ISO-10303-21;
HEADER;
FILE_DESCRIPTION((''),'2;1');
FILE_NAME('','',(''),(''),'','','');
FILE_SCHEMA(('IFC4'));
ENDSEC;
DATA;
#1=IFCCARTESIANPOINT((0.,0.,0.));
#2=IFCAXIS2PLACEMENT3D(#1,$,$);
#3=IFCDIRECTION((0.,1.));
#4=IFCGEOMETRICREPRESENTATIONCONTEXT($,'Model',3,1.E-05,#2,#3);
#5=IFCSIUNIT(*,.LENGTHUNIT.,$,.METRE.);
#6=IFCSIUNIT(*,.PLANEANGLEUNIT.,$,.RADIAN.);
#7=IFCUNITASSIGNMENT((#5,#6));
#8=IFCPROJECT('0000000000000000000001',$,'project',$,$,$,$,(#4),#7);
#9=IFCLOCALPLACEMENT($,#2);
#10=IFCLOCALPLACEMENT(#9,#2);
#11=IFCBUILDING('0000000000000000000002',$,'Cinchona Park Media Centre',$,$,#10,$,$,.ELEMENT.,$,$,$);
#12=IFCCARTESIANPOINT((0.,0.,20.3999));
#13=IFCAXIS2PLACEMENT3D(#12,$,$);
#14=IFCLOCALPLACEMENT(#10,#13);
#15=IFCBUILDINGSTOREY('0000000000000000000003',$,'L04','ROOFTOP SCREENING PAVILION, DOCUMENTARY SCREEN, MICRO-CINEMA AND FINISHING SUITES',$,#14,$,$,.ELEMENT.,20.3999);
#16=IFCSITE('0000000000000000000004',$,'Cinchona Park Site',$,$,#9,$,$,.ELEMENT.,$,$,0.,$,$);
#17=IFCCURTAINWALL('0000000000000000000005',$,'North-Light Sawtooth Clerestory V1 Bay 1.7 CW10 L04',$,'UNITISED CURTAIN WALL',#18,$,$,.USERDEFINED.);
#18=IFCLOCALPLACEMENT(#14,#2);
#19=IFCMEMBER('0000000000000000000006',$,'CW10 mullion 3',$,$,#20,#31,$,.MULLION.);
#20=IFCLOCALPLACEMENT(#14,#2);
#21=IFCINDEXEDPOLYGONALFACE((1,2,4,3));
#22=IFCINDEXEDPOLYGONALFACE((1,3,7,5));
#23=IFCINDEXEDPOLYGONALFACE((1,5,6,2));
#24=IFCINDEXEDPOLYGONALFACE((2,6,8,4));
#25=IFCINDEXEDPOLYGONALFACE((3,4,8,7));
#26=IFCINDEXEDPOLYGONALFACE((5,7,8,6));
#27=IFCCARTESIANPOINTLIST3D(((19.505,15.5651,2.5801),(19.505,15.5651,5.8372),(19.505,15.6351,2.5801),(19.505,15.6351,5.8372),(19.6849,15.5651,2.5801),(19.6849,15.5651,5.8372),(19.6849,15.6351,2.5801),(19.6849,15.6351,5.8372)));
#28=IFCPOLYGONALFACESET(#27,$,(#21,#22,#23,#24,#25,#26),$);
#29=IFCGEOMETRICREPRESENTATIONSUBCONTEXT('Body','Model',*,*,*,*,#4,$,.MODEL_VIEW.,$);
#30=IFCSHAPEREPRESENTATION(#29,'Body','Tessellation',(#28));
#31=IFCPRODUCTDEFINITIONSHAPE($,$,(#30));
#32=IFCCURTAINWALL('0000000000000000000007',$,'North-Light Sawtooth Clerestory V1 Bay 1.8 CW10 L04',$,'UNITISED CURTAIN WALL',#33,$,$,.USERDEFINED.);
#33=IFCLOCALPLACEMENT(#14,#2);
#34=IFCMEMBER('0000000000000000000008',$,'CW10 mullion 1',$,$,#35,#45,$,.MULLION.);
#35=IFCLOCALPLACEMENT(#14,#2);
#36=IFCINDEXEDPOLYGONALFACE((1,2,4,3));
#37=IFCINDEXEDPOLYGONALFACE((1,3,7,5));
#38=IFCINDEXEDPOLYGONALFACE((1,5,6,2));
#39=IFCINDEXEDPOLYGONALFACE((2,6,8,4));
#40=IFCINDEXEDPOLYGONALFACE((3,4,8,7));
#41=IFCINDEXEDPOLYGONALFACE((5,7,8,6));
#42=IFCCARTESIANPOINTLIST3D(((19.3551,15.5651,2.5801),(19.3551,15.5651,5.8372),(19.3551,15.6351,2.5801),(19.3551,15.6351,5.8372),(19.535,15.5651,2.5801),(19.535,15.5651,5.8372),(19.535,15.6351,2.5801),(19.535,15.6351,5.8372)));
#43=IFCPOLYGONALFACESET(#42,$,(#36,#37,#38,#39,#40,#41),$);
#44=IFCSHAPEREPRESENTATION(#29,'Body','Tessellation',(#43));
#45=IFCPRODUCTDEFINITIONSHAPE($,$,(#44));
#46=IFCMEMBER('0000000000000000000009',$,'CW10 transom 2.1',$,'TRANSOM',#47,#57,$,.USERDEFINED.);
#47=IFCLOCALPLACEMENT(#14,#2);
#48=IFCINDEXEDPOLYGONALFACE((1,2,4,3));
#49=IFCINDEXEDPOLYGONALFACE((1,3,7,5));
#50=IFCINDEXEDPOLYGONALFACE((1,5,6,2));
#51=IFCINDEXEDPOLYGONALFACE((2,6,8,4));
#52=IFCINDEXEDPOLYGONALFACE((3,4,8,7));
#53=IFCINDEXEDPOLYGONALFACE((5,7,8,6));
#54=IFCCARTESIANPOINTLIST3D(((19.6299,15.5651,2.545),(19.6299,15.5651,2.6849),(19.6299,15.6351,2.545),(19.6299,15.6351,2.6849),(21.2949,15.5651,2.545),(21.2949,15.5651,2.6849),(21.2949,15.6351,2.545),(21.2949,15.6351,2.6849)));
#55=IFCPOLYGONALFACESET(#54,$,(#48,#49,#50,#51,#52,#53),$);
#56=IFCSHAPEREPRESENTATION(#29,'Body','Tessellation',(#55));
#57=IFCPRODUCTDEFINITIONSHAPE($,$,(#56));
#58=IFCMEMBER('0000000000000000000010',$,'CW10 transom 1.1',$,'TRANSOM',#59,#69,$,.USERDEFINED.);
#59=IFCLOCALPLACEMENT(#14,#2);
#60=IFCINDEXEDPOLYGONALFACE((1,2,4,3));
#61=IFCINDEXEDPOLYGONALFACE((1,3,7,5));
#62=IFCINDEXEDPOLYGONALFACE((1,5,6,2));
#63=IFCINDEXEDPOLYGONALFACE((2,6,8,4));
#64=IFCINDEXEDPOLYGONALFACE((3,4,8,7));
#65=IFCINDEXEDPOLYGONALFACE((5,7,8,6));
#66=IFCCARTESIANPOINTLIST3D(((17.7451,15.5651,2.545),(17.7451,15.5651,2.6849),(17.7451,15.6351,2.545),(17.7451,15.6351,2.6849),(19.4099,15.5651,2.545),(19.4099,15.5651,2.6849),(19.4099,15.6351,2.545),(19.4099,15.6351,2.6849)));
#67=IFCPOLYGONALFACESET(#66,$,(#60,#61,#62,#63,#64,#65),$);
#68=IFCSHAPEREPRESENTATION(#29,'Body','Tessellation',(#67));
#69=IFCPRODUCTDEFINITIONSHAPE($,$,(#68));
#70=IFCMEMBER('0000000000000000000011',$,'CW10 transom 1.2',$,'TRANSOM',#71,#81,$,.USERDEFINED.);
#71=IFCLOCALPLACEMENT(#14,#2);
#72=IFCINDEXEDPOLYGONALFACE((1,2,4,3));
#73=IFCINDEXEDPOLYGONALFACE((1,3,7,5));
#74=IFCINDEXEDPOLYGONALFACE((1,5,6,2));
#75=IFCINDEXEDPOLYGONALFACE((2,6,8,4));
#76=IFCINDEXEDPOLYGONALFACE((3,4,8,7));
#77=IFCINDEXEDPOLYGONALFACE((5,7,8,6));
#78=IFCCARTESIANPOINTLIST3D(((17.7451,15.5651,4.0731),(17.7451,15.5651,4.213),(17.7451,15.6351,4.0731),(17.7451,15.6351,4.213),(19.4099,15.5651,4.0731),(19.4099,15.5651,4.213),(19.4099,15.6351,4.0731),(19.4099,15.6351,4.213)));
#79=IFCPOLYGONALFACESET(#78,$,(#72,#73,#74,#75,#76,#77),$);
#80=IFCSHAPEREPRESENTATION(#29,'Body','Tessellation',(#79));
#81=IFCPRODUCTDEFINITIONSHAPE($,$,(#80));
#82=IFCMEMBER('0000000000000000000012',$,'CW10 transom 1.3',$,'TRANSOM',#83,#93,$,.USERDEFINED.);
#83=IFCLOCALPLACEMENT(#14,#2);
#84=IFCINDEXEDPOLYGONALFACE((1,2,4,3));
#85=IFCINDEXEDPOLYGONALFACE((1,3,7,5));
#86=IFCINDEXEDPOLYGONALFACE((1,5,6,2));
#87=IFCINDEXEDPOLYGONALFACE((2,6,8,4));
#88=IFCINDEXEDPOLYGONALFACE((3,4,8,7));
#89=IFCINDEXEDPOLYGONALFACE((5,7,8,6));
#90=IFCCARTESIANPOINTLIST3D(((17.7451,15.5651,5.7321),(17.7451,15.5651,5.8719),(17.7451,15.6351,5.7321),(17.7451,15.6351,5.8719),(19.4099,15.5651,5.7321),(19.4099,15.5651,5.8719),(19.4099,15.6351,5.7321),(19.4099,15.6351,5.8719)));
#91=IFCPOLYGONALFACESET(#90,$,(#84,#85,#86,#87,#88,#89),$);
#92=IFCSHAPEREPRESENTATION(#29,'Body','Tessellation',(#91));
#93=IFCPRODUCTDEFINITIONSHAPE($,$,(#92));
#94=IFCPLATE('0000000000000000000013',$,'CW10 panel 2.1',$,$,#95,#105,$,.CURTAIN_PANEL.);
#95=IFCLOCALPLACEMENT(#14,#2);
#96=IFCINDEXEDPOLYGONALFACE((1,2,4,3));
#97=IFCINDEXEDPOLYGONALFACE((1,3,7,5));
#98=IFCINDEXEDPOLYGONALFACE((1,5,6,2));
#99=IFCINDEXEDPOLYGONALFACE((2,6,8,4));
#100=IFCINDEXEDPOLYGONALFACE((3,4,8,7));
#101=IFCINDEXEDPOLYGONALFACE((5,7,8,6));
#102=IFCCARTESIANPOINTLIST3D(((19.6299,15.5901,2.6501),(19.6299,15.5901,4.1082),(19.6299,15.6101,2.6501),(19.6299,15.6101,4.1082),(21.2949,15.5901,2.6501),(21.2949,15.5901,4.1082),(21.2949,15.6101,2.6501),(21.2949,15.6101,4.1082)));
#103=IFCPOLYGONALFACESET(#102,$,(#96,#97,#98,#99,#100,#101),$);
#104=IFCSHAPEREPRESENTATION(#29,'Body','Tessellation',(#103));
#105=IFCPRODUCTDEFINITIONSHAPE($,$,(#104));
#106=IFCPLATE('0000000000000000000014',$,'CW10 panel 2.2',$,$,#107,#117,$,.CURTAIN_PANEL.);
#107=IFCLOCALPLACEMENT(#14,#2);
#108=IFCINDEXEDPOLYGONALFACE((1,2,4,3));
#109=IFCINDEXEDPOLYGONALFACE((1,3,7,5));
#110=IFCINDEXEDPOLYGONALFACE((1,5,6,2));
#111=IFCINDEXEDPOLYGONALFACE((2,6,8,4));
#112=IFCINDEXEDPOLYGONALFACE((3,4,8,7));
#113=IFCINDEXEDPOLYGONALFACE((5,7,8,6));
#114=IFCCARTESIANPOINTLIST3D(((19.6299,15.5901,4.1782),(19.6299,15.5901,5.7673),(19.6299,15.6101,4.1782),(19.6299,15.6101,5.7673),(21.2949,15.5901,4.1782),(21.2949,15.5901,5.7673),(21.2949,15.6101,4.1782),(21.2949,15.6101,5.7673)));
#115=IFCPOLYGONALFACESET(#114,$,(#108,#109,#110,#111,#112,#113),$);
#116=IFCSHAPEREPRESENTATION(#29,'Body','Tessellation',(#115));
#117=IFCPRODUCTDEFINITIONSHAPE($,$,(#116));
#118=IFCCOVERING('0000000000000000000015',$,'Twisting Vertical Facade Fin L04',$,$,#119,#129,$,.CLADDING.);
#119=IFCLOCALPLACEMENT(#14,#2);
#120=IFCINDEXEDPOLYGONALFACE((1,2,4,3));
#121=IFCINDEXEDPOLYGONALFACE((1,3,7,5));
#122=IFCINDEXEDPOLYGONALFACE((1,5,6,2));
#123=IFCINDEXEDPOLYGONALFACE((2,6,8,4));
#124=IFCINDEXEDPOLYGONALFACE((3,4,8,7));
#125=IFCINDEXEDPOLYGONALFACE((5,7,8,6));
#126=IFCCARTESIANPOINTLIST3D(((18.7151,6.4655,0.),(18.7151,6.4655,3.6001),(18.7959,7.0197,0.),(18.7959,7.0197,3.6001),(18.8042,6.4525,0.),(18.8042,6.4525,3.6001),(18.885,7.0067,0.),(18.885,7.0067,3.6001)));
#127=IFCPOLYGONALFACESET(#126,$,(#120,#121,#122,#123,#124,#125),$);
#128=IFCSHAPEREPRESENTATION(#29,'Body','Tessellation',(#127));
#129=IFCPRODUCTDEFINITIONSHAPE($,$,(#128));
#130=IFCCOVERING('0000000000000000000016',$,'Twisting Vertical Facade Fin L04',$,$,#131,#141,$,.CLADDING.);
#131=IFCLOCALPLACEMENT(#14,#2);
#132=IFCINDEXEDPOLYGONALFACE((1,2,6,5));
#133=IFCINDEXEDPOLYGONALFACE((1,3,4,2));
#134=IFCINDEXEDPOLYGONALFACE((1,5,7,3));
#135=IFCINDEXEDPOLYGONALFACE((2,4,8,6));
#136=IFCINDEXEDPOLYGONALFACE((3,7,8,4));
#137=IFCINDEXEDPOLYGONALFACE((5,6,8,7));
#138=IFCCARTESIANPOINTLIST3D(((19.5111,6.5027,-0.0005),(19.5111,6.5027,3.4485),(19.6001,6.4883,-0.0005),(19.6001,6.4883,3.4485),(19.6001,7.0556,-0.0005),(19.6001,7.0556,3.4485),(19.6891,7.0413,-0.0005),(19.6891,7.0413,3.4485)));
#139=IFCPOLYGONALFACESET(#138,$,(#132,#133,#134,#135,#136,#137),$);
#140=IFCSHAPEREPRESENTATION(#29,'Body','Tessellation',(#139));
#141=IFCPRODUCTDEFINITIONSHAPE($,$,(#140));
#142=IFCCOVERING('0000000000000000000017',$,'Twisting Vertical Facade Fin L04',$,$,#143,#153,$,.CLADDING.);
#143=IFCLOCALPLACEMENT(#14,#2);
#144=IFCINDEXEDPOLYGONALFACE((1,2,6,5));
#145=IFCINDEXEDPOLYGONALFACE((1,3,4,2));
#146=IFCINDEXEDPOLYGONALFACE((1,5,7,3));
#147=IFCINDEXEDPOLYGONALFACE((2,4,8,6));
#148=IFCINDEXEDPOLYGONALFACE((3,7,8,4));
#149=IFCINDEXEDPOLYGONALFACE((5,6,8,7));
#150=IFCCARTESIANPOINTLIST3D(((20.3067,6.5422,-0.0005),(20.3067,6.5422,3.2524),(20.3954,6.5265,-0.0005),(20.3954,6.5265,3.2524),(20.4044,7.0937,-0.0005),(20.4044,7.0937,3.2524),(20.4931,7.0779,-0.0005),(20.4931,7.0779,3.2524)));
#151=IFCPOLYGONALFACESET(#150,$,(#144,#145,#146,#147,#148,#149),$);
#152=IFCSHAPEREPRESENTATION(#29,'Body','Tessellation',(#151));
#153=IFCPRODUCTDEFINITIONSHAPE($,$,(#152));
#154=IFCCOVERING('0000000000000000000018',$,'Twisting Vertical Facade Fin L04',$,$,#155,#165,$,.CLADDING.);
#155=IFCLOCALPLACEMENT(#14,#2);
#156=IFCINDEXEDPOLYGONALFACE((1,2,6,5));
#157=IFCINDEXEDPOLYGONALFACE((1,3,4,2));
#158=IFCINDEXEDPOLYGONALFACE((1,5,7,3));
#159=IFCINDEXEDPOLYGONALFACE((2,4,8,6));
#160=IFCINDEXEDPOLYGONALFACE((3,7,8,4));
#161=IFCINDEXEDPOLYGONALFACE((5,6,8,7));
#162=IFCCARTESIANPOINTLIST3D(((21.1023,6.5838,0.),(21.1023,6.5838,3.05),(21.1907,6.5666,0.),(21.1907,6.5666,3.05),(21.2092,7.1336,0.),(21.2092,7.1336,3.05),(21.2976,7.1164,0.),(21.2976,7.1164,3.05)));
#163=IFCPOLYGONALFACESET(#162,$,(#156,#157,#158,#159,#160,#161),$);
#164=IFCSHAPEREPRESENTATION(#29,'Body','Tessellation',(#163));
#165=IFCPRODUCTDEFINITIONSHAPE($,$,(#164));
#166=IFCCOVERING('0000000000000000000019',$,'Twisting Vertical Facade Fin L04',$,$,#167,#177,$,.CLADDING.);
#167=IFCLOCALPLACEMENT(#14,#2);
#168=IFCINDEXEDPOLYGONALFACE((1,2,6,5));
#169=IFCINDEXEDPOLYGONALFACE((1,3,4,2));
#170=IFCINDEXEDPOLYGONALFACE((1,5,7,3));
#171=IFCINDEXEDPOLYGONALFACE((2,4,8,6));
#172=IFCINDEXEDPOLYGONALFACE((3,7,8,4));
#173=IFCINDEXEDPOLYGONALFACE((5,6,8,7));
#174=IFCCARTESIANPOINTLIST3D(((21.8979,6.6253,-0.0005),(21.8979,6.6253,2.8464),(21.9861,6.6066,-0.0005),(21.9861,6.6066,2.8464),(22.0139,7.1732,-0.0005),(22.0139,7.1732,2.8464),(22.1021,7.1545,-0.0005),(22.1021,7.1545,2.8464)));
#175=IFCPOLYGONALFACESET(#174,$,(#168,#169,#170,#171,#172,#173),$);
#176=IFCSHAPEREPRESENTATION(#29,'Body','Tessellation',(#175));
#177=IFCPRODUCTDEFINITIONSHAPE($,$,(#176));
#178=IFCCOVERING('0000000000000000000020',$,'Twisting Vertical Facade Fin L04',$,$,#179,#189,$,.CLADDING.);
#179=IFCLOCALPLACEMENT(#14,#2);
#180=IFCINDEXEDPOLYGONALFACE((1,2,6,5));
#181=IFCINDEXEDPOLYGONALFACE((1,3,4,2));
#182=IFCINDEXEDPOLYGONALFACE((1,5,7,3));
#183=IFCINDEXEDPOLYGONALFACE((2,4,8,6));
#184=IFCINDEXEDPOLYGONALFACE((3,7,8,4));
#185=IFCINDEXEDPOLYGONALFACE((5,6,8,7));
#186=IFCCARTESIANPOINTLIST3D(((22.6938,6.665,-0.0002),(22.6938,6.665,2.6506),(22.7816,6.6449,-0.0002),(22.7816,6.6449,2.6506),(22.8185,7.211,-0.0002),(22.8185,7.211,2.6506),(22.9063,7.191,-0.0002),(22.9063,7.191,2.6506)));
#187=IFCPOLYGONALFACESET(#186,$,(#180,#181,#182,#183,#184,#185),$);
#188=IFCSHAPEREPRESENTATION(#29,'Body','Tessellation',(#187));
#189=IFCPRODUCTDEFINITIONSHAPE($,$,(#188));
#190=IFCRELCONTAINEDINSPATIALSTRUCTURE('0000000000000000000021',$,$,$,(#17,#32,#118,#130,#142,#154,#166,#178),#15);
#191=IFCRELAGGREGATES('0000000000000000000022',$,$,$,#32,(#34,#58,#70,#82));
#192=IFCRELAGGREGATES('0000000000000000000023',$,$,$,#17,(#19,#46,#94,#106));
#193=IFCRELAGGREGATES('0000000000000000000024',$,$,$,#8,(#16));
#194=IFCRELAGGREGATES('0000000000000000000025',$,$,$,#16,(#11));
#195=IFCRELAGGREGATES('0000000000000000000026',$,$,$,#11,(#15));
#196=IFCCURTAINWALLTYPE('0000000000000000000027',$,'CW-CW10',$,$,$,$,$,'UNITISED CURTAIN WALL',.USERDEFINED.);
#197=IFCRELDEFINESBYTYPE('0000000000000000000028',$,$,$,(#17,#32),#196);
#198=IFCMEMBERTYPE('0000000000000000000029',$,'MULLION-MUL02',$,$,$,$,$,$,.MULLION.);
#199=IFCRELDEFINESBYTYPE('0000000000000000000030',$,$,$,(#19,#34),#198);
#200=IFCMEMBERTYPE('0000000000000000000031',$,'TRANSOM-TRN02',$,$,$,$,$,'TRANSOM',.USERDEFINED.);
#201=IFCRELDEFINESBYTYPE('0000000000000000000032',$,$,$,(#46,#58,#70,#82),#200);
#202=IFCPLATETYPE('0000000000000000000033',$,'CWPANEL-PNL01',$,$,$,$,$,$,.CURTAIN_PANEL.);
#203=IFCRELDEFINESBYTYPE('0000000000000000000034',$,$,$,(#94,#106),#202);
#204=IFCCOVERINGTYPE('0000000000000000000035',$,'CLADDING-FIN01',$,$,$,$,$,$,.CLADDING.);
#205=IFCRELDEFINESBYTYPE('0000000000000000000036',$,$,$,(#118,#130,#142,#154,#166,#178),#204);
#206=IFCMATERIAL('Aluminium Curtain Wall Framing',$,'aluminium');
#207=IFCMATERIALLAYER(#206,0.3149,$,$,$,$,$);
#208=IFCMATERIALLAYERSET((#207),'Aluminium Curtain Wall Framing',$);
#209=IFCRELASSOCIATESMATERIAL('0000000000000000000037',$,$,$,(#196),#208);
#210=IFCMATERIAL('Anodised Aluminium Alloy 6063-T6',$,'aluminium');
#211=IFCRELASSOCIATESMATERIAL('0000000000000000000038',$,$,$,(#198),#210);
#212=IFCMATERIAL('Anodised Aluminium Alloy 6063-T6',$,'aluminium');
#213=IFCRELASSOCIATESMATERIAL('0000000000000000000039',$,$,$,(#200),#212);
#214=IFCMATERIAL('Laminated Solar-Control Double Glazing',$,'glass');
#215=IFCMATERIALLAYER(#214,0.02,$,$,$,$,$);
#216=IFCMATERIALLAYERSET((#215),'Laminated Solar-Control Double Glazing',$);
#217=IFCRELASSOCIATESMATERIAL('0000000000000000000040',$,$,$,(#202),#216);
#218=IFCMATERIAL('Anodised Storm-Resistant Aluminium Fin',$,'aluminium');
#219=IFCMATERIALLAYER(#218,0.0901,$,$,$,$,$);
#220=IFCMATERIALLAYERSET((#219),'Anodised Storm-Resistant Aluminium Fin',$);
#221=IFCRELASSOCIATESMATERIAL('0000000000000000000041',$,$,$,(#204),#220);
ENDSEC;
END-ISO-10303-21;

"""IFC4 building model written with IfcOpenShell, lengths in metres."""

from ifc_helpers import new_model, si_unit, direction, frame, origin, origin_2d, place, context, subcontext, project, spatial, rectangle, extrude, material, layer, layer_set, material_profile, profile_set, type_object, element, aggregate, save


model = new_model("IFC4")

# Units and contexts
model_context = context("Model", 3, precision=1e-05, world=origin(), true_north=direction((0.0, 1.0)))
body_context = subcontext(model_context, "Body", "Model", "MODEL_VIEW")
ifc_project = project(units=[si_unit("LENGTHUNIT", "METRE"), si_unit("PLANEANGLEUNIT", "RADIAN")], contexts=[model_context])

# Site, building, storey
site_placement = place(None, origin())
site = spatial("IfcSite", under=ifc_project, at=site_placement, Name="Cinchona Park Site", CompositionType="ELEMENT", RefElevation=0.0)
building_placement = place(site_placement, origin())
building = spatial("IfcBuilding", under=site, at=building_placement, Name="Cinchona Park Media Centre", CompositionType="ELEMENT")
storey_placement = place(building_placement, frame((0.0, 0.0, 20.3999)))
storey = spatial("IfcBuildingStorey", under=building, at=storey_placement, Name="L04", Description="ROOFTOP SCREENING PAVILION, DOCUMENTARY SCREEN, MICRO-CINEMA AND FINISHING SUITES", CompositionType="ELEMENT", Elevation=20.3999)

# Curtain walls, members
ifc_material_1 = material(Name="Aluminium Curtain Wall Framing", Category="aluminium")
ifc_layer_1 = layer(ifc_material_1, 0.3149)
ifc_layer_set_1 = layer_set([ifc_layer_1], Name="Aluminium Curtain Wall Framing")
curtain_wall_type = type_object("IfcCurtainWallType", Name="CW-CW10", ElementType="UNITISED CURTAIN WALL", PredefinedType="USERDEFINED", material=ifc_layer_set_1)
curtain_wall_1_placement = place(storey_placement, origin())
curtain_wall_1 = element("IfcCurtainWall", 1, at=curtain_wall_1_placement, inside=storey, type_object=curtain_wall_type, Name="North-Light Sawtooth Clerestory V1 Bay 1.7 CW10 L04", ObjectType="UNITISED CURTAIN WALL", PredefinedType="USERDEFINED")
ifc_material_2 = material(Name="Anodised Aluminium Alloy 6063-T6", Category="aluminium")
ifc_material_profile_1 = material_profile(ifc_material_2, rectangle(XDim=0.0701, YDim=0.1799, at=origin_2d()), Name="MUL-70X180")
ifc_profile_set_1 = profile_set([ifc_material_profile_1], Name="Anodised Aluminium Alloy 6063-T6")
member_type_1 = type_object("IfcMemberType", Name="MULLION-MUL02", PredefinedType="MULLION", material=ifc_profile_set_1)
member_1_placement = place(storey_placement, frame((19.595, 15.6001, 2.5801), z_axis=(0.0, 0.0, 1.0), x_axis=(0.0, -1.0, 0.0)))
member_1 = element("IfcMember", 2, at=member_1_placement, type_object=member_type_1, Name="CW10 mullion 3", PredefinedType="MULLION", context=body_context, shape_type="SweptSolid", body=[
    extrude(rectangle(XDim=0.0701, YDim=0.1799, at=origin_2d()), origin(), (0.0, 0.0, 1.0), 3.2571),
])
curtain_wall_2_placement = place(storey_placement, origin())
curtain_wall_2 = element("IfcCurtainWall", 3, at=curtain_wall_2_placement, inside=storey, type_object=curtain_wall_type, Name="North-Light Sawtooth Clerestory V1 Bay 1.8 CW10 L04", ObjectType="UNITISED CURTAIN WALL", PredefinedType="USERDEFINED")
member_2_placement = place(storey_placement, frame((19.4451, 15.6001, 2.5801), z_axis=(0.0, 0.0, 1.0), x_axis=(0.0, -1.0, 0.0)))
member_2 = element("IfcMember", 4, at=member_2_placement, type_object=member_type_1, Name="CW10 mullion 1", PredefinedType="MULLION", context=body_context, shape_type="SweptSolid", body=[
    extrude(rectangle(XDim=0.0701, YDim=0.1799, at=origin_2d()), origin(), (0.0, 0.0, 1.0), 3.2571),
])

# Members
ifc_material_3 = material(Name="Anodised Aluminium Alloy 6063-T6", Category="aluminium")
ifc_material_profile_2 = material_profile(ifc_material_3, rectangle(XDim=0.0701, YDim=0.1399, at=origin_2d()), Name="TRN-70X140")
ifc_profile_set_2 = profile_set([ifc_material_profile_2], Name="Anodised Aluminium Alloy 6063-T6")
member_type_2 = type_object("IfcMemberType", Name="TRANSOM-TRN02", ElementType="TRANSOM", PredefinedType="USERDEFINED", material=ifc_profile_set_2)
member_3_placement = place(storey_placement, frame((21.2949, 15.6001, 2.615), z_axis=(-1.0, 0.0, 0.0), x_axis=(0.0, -1.0, 0.0)))
member_3 = element("IfcMember", 5, at=member_3_placement, type_object=member_type_2, Name="CW10 transom 2.1", ObjectType="TRANSOM", PredefinedType="USERDEFINED", context=body_context, shape_type="SweptSolid", body=[
    extrude(rectangle(XDim=0.0701, YDim=0.1399, at=origin_2d()), origin(), (0.0, 0.0, 1.0), 1.665),
])
member_4_placement = place(storey_placement, frame((19.4099, 15.6001, 2.615), z_axis=(-1.0, 0.0, 0.0), x_axis=(0.0, -1.0, 0.0)))
member_4 = element("IfcMember", 6, at=member_4_placement, type_object=member_type_2, Name="CW10 transom 1.1", ObjectType="TRANSOM", PredefinedType="USERDEFINED", context=body_context, shape_type="SweptSolid", body=[
    extrude(rectangle(XDim=0.0701, YDim=0.1399, at=origin_2d()), origin(), (0.0, 0.0, 1.0), 1.6648),
])
member_5_placement = place(storey_placement, frame((19.4099, 15.6001, 4.1431), z_axis=(-1.0, 0.0, 0.0), x_axis=(0.0, -1.0, 0.0)))
member_5 = element("IfcMember", 7, at=member_5_placement, type_object=member_type_2, Name="CW10 transom 1.2", ObjectType="TRANSOM", PredefinedType="USERDEFINED", context=body_context, shape_type="SweptSolid", body=[
    extrude(rectangle(XDim=0.0701, YDim=0.1399, at=origin_2d()), origin(), (0.0, 0.0, 1.0), 1.6648),
])
member_6_placement = place(storey_placement, frame((19.4099, 15.6001, 5.802), z_axis=(-1.0, 0.0, 0.0), x_axis=(0.0, -1.0, 0.0)))
member_6 = element("IfcMember", 8, at=member_6_placement, type_object=member_type_2, Name="CW10 transom 1.3", ObjectType="TRANSOM", PredefinedType="USERDEFINED", context=body_context, shape_type="SweptSolid", body=[
    extrude(rectangle(XDim=0.0701, YDim=0.1399, at=origin_2d()), origin(), (0.0, 0.0, 1.0), 1.6648),
])
aggregate(curtain_wall_2, [member_2, member_4, member_5, member_6])

# Plates
ifc_material_4 = material(Name="Laminated Solar-Control Double Glazing", Category="glass")
ifc_layer_2 = layer(ifc_material_4, 0.02)
ifc_layer_set_2 = layer_set([ifc_layer_2], Name="Laminated Solar-Control Double Glazing")
plate_type = type_object("IfcPlateType", Name="CWPANEL-PNL01", PredefinedType="CURTAIN_PANEL", material=ifc_layer_set_2)
plate_1_placement = place(storey_placement, frame((20.4624, 15.6001, 2.6501), z_axis=(0.0, 0.0, 1.0), x_axis=(-1.0, 0.0, 0.0)))
plate_1 = element("IfcPlate", 9, at=plate_1_placement, type_object=plate_type, Name="CW10 panel 2.1", PredefinedType="CURTAIN_PANEL", context=body_context, shape_type="SweptSolid", body=[
    extrude(rectangle(XDim=1.665, YDim=0.02, at=origin_2d()), origin(), (0.0, 0.0, 1.0), 1.458),
])
plate_2_placement = place(storey_placement, frame((20.4624, 15.6001, 4.1782), z_axis=(0.0, 0.0, 1.0), x_axis=(-1.0, 0.0, 0.0)))
plate_2 = element("IfcPlate", 10, at=plate_2_placement, type_object=plate_type, Name="CW10 panel 2.2", PredefinedType="CURTAIN_PANEL", context=body_context, shape_type="SweptSolid", body=[
    extrude(rectangle(XDim=1.665, YDim=0.02, at=origin_2d()), origin(), (0.0, 0.0, 1.0), 1.5891),
])
aggregate(curtain_wall_1, [member_1, member_3, plate_1, plate_2])

# Coverings
ifc_material_5 = material(Name="Anodised Storm-Resistant Aluminium Fin", Category="aluminium")
ifc_layer_3 = layer(ifc_material_5, 0.0901)
ifc_layer_set_3 = layer_set([ifc_layer_3], Name="Anodised Storm-Resistant Aluminium Fin")
covering_type = type_object("IfcCoveringType", Name="CLADDING-FIN01", PredefinedType="CLADDING", material=ifc_layer_set_3)
covering_1_placement = place(storey_placement, frame((18.8, 6.7361, 0.0), z_axis=(0.0, 0.0, 1.0), x_axis=(0.144356, 0.989526, 0.0)))
element("IfcCovering", 11, at=covering_1_placement, inside=storey, type_object=covering_type, Name="Twisting Vertical Facade Fin L04", PredefinedType="CLADDING", context=body_context, shape_type="SweptSolid", body=[
    extrude(rectangle(XDim=0.5601, YDim=0.0901, at=origin_2d()), origin(), (0.0, 0.0, 1.0), 3.6001),
])
covering_2_placement = place(storey_placement, frame((19.6001, 6.772, -0.0005), z_axis=(0.0, 0.0, 1.0), x_axis=(0.158847, 0.987303, 0.0)))
element("IfcCovering", 12, at=covering_2_placement, inside=storey, type_object=covering_type, Name="Twisting Vertical Facade Fin L04", PredefinedType="CLADDING", context=body_context, shape_type="SweptSolid", body=[
    extrude(rectangle(XDim=0.5601, YDim=0.0901, at=origin_2d()), origin(), (0.0, 0.0, 1.0), 3.449),
])
covering_3_placement = place(storey_placement, frame((20.3999, 6.8101, -0.0005), z_axis=(0.0, 0.0, 1.0), x_axis=(0.174508, 0.984656, 0.0)))
element("IfcCovering", 13, at=covering_3_placement, inside=storey, type_object=covering_type, Name="Twisting Vertical Facade Fin L04", PredefinedType="CLADDING", context=body_context, shape_type="SweptSolid", body=[
    extrude(rectangle(XDim=0.5601, YDim=0.0901, at=origin_2d()), origin(), (0.0, 0.0, 1.0), 3.2529),
])
covering_4_placement = place(storey_placement, frame((21.2, 6.8501, 0.0), z_axis=(0.0, 0.0, 1.0), x_axis=(0.190809, 0.981627, 0.0)))
element("IfcCovering", 14, at=covering_4_placement, inside=storey, type_object=covering_type, Name="Twisting Vertical Facade Fin L04", PredefinedType="CLADDING", context=body_context, shape_type="SweptSolid", body=[
    extrude(rectangle(XDim=0.5601, YDim=0.0901, at=origin_2d()), origin(), (0.0, 0.0, 1.0), 3.05),
])
covering_5_placement = place(storey_placement, frame((22.0, 6.8899, -0.0005), z_axis=(0.0, 0.0, 1.0), x_axis=(0.207058, 0.978329, 0.0)))
element("IfcCovering", 15, at=covering_5_placement, inside=storey, type_object=covering_type, Name="Twisting Vertical Facade Fin L04", PredefinedType="CLADDING", context=body_context, shape_type="SweptSolid", body=[
    extrude(rectangle(XDim=0.5601, YDim=0.0901, at=origin_2d()), origin(), (0.0, 0.0, 1.0), 2.8469),
])
covering_6_placement = place(storey_placement, frame((22.8, 6.928, -0.0002), z_axis=(0.0, 0.0, 1.0), x_axis=(0.22257, 0.974917, 0.0)))
element("IfcCovering", 16, at=covering_6_placement, inside=storey, type_object=covering_type, Name="Twisting Vertical Facade Fin L04", PredefinedType="CLADDING", context=body_context, shape_type="SweptSolid", body=[
    extrude(rectangle(XDim=0.5601, YDim=0.0901, at=origin_2d()), origin(), (0.0, 0.0, 1.0), 2.6509),
])

save(model, "model.ifc")
